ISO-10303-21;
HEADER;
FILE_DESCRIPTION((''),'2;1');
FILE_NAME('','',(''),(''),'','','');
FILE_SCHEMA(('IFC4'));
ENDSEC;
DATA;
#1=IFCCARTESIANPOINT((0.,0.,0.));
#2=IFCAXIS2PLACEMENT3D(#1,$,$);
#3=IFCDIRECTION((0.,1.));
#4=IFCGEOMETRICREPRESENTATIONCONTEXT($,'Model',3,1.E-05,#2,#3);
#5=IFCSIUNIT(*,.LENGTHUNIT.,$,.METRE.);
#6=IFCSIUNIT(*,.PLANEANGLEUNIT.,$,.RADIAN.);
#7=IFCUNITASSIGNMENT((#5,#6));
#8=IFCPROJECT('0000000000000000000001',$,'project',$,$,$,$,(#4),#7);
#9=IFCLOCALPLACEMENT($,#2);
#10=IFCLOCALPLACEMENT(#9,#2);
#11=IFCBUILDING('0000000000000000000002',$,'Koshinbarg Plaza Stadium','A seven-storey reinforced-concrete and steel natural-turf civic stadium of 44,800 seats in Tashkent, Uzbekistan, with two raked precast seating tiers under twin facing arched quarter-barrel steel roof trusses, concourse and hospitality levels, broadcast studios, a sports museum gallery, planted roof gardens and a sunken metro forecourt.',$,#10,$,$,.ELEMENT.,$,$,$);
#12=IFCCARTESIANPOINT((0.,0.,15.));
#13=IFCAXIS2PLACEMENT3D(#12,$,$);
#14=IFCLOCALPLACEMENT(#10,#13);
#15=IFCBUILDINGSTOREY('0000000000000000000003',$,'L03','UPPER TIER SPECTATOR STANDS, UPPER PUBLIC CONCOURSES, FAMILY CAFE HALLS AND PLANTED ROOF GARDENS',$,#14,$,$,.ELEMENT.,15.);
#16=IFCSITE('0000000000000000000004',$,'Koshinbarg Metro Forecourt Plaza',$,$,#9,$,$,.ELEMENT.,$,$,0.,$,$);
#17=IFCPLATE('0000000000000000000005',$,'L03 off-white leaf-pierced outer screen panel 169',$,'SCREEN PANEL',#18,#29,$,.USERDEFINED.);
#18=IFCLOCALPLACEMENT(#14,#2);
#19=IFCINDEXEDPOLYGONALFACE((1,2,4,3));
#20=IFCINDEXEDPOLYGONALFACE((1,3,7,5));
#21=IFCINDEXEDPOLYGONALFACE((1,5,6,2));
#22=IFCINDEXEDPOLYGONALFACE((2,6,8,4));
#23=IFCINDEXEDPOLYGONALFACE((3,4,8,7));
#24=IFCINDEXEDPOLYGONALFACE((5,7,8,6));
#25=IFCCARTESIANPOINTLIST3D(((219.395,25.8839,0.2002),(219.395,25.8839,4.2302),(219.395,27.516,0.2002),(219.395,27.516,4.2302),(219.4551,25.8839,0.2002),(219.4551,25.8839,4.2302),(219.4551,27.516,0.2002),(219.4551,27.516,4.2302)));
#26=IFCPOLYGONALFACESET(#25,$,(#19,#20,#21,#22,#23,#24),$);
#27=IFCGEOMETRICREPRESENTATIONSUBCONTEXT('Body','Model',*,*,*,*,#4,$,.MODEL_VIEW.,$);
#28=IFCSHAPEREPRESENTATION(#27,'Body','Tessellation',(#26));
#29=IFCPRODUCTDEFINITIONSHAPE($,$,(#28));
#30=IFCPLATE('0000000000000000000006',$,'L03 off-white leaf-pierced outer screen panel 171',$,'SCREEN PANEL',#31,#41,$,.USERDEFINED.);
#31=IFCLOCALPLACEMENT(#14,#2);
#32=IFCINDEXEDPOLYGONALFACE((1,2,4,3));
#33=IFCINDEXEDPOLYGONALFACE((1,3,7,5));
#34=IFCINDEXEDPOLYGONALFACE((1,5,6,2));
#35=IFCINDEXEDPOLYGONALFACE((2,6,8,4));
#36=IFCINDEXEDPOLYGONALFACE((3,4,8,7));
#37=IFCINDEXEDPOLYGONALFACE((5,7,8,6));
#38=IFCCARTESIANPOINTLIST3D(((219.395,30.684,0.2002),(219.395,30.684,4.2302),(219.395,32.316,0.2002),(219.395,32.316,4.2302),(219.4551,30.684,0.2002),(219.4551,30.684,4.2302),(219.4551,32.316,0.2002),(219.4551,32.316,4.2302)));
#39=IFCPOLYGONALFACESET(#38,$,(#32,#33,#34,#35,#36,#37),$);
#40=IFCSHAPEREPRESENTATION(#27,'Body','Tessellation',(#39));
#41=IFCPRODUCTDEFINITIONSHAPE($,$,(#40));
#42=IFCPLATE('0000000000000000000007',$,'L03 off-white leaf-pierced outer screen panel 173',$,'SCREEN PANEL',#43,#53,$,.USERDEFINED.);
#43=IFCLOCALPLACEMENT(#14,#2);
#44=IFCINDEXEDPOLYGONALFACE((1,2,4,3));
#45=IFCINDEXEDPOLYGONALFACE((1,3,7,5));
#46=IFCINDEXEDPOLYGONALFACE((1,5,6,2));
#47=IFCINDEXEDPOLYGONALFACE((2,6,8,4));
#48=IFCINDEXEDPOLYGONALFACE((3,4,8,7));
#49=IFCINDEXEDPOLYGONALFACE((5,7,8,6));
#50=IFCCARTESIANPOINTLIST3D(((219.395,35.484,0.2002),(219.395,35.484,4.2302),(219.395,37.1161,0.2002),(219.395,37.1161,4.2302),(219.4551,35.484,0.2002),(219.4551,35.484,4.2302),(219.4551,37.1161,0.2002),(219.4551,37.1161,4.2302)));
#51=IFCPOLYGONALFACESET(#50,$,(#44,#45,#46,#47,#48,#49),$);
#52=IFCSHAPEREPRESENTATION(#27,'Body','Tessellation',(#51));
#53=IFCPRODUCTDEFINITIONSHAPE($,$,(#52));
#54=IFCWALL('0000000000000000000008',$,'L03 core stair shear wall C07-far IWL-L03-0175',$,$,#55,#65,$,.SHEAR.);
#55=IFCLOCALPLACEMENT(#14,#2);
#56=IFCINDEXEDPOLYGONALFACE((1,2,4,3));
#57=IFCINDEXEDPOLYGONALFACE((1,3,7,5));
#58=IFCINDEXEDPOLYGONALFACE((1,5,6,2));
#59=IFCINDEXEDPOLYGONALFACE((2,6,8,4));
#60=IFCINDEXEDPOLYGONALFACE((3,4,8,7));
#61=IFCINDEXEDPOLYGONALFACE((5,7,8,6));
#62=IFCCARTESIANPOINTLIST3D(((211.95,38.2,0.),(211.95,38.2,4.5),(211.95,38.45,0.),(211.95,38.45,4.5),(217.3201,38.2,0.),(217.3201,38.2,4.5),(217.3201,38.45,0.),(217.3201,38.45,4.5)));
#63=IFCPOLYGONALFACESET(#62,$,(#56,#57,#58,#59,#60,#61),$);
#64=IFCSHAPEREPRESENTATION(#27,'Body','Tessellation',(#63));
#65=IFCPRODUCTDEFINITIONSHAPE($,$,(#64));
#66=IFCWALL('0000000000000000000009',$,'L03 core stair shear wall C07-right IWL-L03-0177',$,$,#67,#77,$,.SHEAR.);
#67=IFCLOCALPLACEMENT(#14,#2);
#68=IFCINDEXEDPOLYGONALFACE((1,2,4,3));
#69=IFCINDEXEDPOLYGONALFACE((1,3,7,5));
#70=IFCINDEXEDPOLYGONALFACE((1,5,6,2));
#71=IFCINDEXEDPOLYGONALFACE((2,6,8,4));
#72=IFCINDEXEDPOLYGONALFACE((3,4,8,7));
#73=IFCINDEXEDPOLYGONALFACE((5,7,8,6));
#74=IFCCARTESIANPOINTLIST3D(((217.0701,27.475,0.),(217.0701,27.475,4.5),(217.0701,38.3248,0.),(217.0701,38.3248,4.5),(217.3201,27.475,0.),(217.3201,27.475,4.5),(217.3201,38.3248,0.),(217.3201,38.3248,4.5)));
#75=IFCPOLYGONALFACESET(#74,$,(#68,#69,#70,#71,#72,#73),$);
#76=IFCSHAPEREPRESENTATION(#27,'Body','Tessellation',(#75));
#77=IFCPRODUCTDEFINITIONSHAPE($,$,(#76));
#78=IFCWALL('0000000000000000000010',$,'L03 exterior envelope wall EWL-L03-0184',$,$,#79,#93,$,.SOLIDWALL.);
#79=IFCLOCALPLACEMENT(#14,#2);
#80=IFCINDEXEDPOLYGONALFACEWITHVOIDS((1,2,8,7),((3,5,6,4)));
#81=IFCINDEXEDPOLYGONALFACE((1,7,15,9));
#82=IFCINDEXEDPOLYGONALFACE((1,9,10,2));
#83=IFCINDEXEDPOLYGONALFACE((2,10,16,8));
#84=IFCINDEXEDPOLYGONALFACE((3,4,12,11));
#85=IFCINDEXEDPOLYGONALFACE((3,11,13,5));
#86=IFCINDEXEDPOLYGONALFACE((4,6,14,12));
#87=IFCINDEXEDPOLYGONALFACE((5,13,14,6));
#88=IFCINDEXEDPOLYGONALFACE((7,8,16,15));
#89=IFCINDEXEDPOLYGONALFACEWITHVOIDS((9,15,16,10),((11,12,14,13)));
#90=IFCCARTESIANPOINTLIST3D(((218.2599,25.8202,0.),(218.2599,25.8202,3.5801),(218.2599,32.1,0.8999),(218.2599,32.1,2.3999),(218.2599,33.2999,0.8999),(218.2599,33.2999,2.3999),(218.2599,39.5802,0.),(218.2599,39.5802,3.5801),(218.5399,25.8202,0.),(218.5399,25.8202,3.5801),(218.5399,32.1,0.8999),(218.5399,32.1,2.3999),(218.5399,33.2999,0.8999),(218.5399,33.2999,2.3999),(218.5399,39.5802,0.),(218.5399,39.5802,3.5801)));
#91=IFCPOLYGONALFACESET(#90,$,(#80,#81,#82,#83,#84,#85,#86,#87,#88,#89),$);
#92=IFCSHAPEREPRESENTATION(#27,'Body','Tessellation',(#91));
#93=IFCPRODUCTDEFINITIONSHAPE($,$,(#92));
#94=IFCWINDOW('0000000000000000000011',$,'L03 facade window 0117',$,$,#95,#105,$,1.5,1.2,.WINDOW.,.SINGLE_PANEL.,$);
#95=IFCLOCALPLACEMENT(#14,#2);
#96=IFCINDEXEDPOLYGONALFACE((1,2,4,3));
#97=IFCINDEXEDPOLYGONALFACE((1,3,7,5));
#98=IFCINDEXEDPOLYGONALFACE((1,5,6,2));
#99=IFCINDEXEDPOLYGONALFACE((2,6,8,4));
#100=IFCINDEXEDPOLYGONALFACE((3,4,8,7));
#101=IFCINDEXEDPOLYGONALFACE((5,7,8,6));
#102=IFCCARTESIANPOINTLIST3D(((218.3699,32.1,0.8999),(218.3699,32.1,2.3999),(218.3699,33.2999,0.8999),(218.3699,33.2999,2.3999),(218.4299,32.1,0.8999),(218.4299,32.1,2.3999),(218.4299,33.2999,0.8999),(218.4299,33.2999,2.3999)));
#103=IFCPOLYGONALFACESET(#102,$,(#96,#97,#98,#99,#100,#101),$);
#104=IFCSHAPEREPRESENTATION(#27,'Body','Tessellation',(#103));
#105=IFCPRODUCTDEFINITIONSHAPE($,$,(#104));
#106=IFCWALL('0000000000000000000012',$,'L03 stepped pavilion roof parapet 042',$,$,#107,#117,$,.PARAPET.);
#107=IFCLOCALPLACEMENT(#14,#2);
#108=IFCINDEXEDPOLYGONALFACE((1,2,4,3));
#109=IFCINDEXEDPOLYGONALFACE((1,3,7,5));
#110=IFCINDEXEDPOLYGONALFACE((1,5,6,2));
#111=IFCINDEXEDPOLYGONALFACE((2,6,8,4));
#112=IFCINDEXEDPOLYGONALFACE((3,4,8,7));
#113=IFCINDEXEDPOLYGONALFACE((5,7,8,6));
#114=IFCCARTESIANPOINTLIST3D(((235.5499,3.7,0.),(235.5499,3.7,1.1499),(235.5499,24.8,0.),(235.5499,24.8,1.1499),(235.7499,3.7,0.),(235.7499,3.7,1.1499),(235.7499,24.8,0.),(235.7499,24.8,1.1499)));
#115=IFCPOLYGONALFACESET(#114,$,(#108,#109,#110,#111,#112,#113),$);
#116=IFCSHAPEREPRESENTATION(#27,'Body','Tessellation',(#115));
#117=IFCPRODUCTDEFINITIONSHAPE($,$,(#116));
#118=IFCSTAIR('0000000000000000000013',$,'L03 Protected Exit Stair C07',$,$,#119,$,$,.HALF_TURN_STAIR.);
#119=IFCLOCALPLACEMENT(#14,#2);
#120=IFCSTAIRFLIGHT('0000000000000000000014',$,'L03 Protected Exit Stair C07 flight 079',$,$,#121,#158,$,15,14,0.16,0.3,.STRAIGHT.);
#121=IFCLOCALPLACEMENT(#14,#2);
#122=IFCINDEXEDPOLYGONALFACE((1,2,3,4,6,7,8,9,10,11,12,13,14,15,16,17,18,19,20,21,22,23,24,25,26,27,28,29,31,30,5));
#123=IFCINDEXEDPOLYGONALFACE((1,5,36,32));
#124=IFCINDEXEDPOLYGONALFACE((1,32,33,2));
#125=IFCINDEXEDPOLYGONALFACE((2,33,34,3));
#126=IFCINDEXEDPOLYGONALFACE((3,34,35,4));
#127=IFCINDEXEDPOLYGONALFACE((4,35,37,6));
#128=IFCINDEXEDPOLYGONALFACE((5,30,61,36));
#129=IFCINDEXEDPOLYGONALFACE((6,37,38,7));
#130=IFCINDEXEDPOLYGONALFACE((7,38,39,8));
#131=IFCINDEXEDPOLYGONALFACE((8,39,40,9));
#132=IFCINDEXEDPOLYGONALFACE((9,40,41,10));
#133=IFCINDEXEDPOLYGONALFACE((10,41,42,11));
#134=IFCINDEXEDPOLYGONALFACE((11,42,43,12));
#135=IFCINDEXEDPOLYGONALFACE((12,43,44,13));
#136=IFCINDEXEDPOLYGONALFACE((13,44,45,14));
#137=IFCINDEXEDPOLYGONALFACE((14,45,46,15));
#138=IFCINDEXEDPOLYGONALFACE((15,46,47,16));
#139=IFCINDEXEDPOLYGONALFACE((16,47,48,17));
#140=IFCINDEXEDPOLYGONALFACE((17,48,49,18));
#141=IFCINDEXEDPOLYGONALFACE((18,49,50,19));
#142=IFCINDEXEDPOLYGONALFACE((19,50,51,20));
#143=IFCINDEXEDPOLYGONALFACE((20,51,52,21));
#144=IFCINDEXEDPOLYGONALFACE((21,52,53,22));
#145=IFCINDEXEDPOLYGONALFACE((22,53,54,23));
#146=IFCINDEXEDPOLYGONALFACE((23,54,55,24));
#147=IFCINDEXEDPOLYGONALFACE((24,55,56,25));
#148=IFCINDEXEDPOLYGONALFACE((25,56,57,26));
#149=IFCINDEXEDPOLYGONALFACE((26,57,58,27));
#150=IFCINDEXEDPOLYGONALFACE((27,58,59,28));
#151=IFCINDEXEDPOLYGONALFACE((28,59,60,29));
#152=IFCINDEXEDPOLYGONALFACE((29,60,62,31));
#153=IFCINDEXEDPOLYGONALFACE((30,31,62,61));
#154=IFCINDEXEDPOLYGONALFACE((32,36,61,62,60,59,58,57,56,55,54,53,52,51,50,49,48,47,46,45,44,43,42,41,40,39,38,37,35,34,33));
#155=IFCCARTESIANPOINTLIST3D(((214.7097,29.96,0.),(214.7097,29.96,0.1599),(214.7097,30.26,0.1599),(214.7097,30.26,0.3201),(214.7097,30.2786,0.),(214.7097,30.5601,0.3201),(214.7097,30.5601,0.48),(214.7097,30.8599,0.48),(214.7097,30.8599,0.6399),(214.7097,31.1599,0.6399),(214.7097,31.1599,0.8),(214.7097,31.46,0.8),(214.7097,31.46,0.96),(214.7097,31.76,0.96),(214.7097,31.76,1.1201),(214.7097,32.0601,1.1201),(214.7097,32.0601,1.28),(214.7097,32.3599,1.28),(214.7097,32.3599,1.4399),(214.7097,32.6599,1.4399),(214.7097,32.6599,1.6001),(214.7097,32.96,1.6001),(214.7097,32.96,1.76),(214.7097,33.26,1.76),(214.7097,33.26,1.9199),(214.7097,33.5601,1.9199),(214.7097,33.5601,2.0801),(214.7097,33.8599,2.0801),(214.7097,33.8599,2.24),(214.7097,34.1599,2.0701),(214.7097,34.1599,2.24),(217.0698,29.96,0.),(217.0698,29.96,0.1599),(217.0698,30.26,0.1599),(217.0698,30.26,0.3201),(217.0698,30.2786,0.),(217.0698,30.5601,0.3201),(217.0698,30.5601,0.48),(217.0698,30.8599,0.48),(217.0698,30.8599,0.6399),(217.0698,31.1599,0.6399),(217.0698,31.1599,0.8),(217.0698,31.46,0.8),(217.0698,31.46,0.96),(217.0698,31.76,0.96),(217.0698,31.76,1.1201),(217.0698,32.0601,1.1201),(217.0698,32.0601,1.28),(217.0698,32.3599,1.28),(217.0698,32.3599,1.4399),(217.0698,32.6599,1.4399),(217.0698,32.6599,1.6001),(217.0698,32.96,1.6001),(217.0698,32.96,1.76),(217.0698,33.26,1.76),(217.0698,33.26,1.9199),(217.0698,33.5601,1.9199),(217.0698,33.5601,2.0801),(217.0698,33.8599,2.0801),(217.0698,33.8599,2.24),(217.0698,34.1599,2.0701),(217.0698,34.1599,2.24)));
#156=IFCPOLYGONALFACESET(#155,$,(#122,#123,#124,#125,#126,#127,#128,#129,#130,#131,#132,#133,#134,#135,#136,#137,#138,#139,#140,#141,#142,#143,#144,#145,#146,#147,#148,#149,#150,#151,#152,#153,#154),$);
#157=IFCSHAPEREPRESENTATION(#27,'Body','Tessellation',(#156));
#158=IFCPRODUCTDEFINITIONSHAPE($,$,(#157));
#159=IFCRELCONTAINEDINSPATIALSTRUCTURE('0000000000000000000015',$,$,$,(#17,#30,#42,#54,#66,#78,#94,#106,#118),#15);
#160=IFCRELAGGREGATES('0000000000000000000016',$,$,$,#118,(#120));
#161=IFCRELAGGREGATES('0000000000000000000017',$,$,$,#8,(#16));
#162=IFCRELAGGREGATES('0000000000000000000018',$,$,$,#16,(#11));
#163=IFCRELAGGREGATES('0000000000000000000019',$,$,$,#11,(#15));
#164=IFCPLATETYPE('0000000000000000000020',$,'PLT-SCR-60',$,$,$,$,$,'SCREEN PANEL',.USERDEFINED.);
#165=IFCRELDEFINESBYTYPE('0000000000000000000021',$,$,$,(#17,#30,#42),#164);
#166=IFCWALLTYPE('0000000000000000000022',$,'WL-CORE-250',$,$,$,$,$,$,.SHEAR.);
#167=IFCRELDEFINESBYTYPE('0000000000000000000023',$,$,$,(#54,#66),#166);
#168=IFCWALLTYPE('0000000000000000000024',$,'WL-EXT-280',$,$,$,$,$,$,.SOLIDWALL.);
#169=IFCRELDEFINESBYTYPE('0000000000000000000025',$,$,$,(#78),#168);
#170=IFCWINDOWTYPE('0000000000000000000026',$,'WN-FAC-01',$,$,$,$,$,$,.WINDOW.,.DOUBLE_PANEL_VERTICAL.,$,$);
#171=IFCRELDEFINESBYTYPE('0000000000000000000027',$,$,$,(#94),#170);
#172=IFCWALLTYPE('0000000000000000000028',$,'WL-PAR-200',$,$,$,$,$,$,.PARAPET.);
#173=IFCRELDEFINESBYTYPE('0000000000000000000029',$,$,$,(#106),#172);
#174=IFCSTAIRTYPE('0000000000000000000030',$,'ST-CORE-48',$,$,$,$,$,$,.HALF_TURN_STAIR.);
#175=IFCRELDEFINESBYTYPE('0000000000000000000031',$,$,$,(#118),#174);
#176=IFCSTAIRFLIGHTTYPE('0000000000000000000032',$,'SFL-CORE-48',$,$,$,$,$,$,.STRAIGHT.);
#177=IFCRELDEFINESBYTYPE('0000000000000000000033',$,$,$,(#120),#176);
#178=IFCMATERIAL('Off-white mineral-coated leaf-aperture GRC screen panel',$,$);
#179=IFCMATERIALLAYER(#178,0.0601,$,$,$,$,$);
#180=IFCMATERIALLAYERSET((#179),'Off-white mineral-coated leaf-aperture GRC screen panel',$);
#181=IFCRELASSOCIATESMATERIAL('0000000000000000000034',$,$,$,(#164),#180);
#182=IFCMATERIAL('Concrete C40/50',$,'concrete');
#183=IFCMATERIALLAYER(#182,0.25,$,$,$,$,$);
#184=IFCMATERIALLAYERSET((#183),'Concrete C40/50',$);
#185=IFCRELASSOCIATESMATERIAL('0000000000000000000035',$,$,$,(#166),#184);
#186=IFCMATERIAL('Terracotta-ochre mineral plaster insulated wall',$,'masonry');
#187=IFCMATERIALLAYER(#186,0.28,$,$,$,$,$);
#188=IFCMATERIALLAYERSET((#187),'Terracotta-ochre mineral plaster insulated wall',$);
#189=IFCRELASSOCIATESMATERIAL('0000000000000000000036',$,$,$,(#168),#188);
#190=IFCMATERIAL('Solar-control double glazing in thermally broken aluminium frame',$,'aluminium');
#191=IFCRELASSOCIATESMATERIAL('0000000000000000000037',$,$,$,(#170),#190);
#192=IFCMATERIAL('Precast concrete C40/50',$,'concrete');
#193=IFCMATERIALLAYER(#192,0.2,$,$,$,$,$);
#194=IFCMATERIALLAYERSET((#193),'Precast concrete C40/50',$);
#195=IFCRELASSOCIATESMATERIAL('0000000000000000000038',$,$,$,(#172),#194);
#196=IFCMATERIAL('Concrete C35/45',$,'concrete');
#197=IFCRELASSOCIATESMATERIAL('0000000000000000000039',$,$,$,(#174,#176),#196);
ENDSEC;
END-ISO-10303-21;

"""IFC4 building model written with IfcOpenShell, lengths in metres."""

from ifc_helpers import new_model, si_unit, direction, frame, frame_2d, origin, origin_2d, place, context, subcontext, project, spatial, polyline, rectangle, outline, extrude, material, layer, layer_set, type_object, element, fill, aggregate, save


model = new_model("IFC4")

# Units and contexts
model_context = context("Model", 3, precision=1e-05, world=origin(), true_north=direction((0.0, 1.0)))
body_context = subcontext(model_context, "Body", "Model", "MODEL_VIEW")
ifc_project = project(units=[si_unit("LENGTHUNIT", "METRE"), si_unit("PLANEANGLEUNIT", "RADIAN")], contexts=[model_context])

# Site, building, storey
site_placement = place(None, origin())
site = spatial("IfcSite", under=ifc_project, at=site_placement, Name="Koshinbarg Metro Forecourt Plaza", CompositionType="ELEMENT", RefElevation=0.0)
building_placement = place(site_placement, origin())
building = spatial("IfcBuilding", under=site, at=building_placement, Name="Koshinbarg Plaza Stadium", Description="A seven-storey reinforced-concrete and steel natural-turf civic stadium of 44,800 seats in Tashkent, Uzbekistan, with two raked precast seating tiers under twin facing arched quarter-barrel steel roof trusses, concourse and hospitality levels, broadcast studios, a sports museum gallery, planted roof gardens and a sunken metro forecourt.", CompositionType="ELEMENT")
storey_placement = place(building_placement, frame((0.0, 0.0, 15.0)))
storey = spatial("IfcBuildingStorey", under=building, at=storey_placement, Name="L03", Description="UPPER TIER SPECTATOR STANDS, UPPER PUBLIC CONCOURSES, FAMILY CAFE HALLS AND PLANTED ROOF GARDENS", CompositionType="ELEMENT", Elevation=15.0)

# Shared definitions
ifc_material_1 = material(Name="Concrete C40/50", Category="concrete")

# Plates
ifc_material_2 = material(Name="Off-white mineral-coated leaf-aperture GRC screen panel")
ifc_layer_1 = layer(ifc_material_2, 0.0601)
ifc_layer_set_1 = layer_set([ifc_layer_1], Name="Off-white mineral-coated leaf-aperture GRC screen panel")
plate_type_1 = type_object("IfcPlateType", Name="PLT-SCR-60", ElementType="SCREEN PANEL", PredefinedType="USERDEFINED", material=ifc_layer_set_1)
for number, where, z_axis, x_axis, name in (
    (1, (219.425, 26.7, 0.2002), (0.0, 0.0, 1.0), (1.0, 0.0, 0.0), "L03 off-white leaf-pierced outer screen panel 169"),
    (2, (219.425, 31.5, 0.2002), (0.0, 0.0, 1.0), (1.0, 0.0, 0.0), "L03 off-white leaf-pierced outer screen panel 171"),
    (3, (219.425, 36.3, 0.2002), (0.0, 0.0, 1.0), (1.0, 0.0, 0.0), "L03 off-white leaf-pierced outer screen panel 173"),
):
    element("IfcPlate", number, at=place(storey_placement, frame(where, z_axis=z_axis, x_axis=x_axis)), inside=storey, type_object=plate_type_1, Name=name, ObjectType="SCREEN PANEL", PredefinedType="USERDEFINED", context=body_context, shape_type="SweptSolid", body=[
        extrude(rectangle(XDim=0.0601, YDim=1.6321, at=origin_2d()), origin(), (0.0, 0.0, 1.0), 4.03),
    ])

# Walls
ifc_layer_2 = layer(ifc_material_1, 0.25)
ifc_layer_set_2 = layer_set([ifc_layer_2], Name="Concrete C40/50")
wall_type_1 = type_object("IfcWallType", Name="WL-CORE-250", PredefinedType="SHEAR", material=ifc_layer_set_2)
wall_1_placement = place(storey_placement, frame((217.3201, 38.325, 0.0), z_axis=(0.0, 0.0, 1.0), x_axis=(-1.0, 0.0, 0.0)))
element("IfcWall", 4, at=wall_1_placement, inside=storey, type_object=wall_type_1, Name="L03 core stair shear wall C07-far IWL-L03-0175", PredefinedType="SHEAR", context=body_context, shape_type="SweptSolid", body=[
    extrude(rectangle(XDim=5.3701, YDim=0.25, at=frame_2d((2.6851, 0.0))), origin(), (0.0, 0.0, 1.0), 4.5),
])
wall_2_placement = place(storey_placement, frame((217.1951, 27.4751, 0.0), z_axis=(0.0, 0.0, 1.0), x_axis=(0.0, 1.0, 0.0)))
element("IfcWall", 5, at=wall_2_placement, inside=storey, type_object=wall_type_1, Name="L03 core stair shear wall C07-right IWL-L03-0177", PredefinedType="SHEAR", context=body_context, shape_type="SweptSolid", body=[
    extrude(rectangle(XDim=10.8499, YDim=0.25, at=frame_2d((5.4248, 0.0))), origin(), (0.0, 0.0, 1.0), 4.5),
])

# Wall, opening, window
ifc_material_3 = material(Name="Terracotta-ochre mineral plaster insulated wall", Category="masonry")
ifc_layer_3 = layer(ifc_material_3, 0.28)
ifc_layer_set_3 = layer_set([ifc_layer_3], Name="Terracotta-ochre mineral plaster insulated wall")
wall_type_2 = type_object("IfcWallType", Name="WL-EXT-280", PredefinedType="SOLIDWALL", material=ifc_layer_set_3)
wall_3_placement = place(storey_placement, frame((218.3999, 39.5801, 0.0), z_axis=(0.0, 0.0, 1.0), x_axis=(0.0, -1.0, 0.0)))
wall_3 = element("IfcWall", 6, at=wall_3_placement, inside=storey, type_object=wall_type_2, Name="L03 exterior envelope wall EWL-L03-0184", PredefinedType="SOLIDWALL", context=body_context, shape_type="SweptSolid", body=[
    extrude(rectangle(XDim=13.76, YDim=0.28, at=frame_2d((6.8799, 0.0))), origin(), (0.0, 0.0, 1.0), 3.5801),
])
opening_placement = place(wall_3_placement, frame((6.28, 0.0, 0.8999)))
opening = element("IfcOpeningElement", 7, at=opening_placement, cuts=wall_3, PredefinedType="OPENING", context=body_context, shape_type="SweptSolid", body=[
    extrude(rectangle(XDim=1.2, YDim=1.5, at=frame_2d((0.6001, 0.75))), frame((0.0, 0.1499, 0.0), z_axis=(0.0, -1.0, 0.0), x_axis=(1.0, 0.0, 0.0)), (0.0, 0.0, 1.0), 0.3),
])
ifc_material_4 = material(Name="Solar-control double glazing in thermally broken aluminium frame", Category="aluminium")
window_type = type_object("IfcWindowType", Name="WN-FAC-01", PartitioningType="DOUBLE_PANEL_VERTICAL", PredefinedType="WINDOW", material=ifc_material_4)
window_placement = place(opening_placement, origin())
window = element("IfcWindow", 8, at=window_placement, inside=storey, type_object=window_type, Name="L03 facade window 0117", OverallHeight=1.5, OverallWidth=1.2, PartitioningType="SINGLE_PANEL", PredefinedType="WINDOW", context=body_context, shape_type="SweptSolid", body=[
    extrude(rectangle(XDim=1.2, YDim=1.5, at=frame_2d((0.6001, 0.75))), frame((0.0, 0.03, 0.0), z_axis=(0.0, -1.0, 0.0), x_axis=(1.0, 0.0, 0.0)), (0.0, 0.0, 1.0), 0.0601),
])
fill(opening, window)

# Wall
ifc_material_5 = material(Name="Precast concrete C40/50", Category="concrete")
ifc_layer_4 = layer(ifc_material_5, 0.2)
ifc_layer_set_4 = layer_set([ifc_layer_4], Name="Precast concrete C40/50")
wall_type_3 = type_object("IfcWallType", Name="WL-PAR-200", PredefinedType="PARAPET", material=ifc_layer_set_4)
wall_4_placement = place(storey_placement, frame((235.6499, 24.8, 0.0), z_axis=(0.0, 0.0, 1.0), x_axis=(0.0, -1.0, 0.0)))
element("IfcWall", 9, at=wall_4_placement, inside=storey, type_object=wall_type_3, Name="L03 stepped pavilion roof parapet 042", PredefinedType="PARAPET", context=body_context, shape_type="SweptSolid", body=[
    extrude(rectangle(XDim=21.1001, YDim=0.2, at=frame_2d((10.55, 0.0))), origin(), (0.0, 0.0, 1.0), 1.1499),
])

# Stair, stair flight
ifc_material_6 = material(Name="Concrete C35/45", Category="concrete")
stair_type = type_object("IfcStairType", Name="ST-CORE-48", PredefinedType="HALF_TURN_STAIR", material=ifc_material_6)
stair_placement = place(storey_placement, origin())
stair = element("IfcStair", 10, at=stair_placement, inside=storey, type_object=stair_type, Name="L03 Protected Exit Stair C07", PredefinedType="HALF_TURN_STAIR")
stair_flight_type = type_object("IfcStairFlightType", Name="SFL-CORE-48", PredefinedType="STRAIGHT", material=ifc_material_6)
stair_flight_placement = place(storey_placement, frame((215.8899, 29.96, 0.0), z_axis=(0.0, 0.0, 1.0), x_axis=(0.0, 1.0, 0.0)))
stair_flight = element("IfcStairFlight", 11, at=stair_flight_placement, type_object=stair_flight_type, Name="L03 Protected Exit Stair C07 flight 079", NumberOfRisers=15, NumberOfTreads=14, PredefinedType="STRAIGHT", RiserHeight=0.16, TreadLength=0.3, context=body_context, shape_type="SweptSolid", body=[
    extrude(outline(polyline([(0.0, 0.0), (0.0, 0.1599), (0.3, 0.1599), (0.3, 0.3201), (0.6001, 0.3201), (0.6001, 0.48), (0.8999, 0.48), (0.8999, 0.6399), (1.2, 0.6399), (1.2, 0.8), (1.5, 0.8), (1.5, 0.96), (1.8, 0.96), (1.8, 1.1201), (2.1001, 1.1201), (2.1001, 1.28), (2.3999, 1.28), (2.3999, 1.4399), (2.7, 1.4399), (2.7, 1.6001), (3.0, 1.6001), (3.0, 1.76), (3.3, 1.76), (3.3, 1.9199), (3.6001, 1.9199), (3.6001, 2.0801), (3.8999, 2.0801), (3.8999, 2.24), (4.2, 2.24), (4.2, 2.3999), (4.2, 2.0701), (0.3186, 0.0), (0.0, 0.0)])), frame((0.0, 1.1802, 0.0), z_axis=(0.0, -1.0, 0.0), x_axis=(1.0, 0.0, 0.0)), (0.0, 0.0, 1.0), 2.3601),
])
aggregate(stair, [stair_flight])

save(model, "model.ifc")
